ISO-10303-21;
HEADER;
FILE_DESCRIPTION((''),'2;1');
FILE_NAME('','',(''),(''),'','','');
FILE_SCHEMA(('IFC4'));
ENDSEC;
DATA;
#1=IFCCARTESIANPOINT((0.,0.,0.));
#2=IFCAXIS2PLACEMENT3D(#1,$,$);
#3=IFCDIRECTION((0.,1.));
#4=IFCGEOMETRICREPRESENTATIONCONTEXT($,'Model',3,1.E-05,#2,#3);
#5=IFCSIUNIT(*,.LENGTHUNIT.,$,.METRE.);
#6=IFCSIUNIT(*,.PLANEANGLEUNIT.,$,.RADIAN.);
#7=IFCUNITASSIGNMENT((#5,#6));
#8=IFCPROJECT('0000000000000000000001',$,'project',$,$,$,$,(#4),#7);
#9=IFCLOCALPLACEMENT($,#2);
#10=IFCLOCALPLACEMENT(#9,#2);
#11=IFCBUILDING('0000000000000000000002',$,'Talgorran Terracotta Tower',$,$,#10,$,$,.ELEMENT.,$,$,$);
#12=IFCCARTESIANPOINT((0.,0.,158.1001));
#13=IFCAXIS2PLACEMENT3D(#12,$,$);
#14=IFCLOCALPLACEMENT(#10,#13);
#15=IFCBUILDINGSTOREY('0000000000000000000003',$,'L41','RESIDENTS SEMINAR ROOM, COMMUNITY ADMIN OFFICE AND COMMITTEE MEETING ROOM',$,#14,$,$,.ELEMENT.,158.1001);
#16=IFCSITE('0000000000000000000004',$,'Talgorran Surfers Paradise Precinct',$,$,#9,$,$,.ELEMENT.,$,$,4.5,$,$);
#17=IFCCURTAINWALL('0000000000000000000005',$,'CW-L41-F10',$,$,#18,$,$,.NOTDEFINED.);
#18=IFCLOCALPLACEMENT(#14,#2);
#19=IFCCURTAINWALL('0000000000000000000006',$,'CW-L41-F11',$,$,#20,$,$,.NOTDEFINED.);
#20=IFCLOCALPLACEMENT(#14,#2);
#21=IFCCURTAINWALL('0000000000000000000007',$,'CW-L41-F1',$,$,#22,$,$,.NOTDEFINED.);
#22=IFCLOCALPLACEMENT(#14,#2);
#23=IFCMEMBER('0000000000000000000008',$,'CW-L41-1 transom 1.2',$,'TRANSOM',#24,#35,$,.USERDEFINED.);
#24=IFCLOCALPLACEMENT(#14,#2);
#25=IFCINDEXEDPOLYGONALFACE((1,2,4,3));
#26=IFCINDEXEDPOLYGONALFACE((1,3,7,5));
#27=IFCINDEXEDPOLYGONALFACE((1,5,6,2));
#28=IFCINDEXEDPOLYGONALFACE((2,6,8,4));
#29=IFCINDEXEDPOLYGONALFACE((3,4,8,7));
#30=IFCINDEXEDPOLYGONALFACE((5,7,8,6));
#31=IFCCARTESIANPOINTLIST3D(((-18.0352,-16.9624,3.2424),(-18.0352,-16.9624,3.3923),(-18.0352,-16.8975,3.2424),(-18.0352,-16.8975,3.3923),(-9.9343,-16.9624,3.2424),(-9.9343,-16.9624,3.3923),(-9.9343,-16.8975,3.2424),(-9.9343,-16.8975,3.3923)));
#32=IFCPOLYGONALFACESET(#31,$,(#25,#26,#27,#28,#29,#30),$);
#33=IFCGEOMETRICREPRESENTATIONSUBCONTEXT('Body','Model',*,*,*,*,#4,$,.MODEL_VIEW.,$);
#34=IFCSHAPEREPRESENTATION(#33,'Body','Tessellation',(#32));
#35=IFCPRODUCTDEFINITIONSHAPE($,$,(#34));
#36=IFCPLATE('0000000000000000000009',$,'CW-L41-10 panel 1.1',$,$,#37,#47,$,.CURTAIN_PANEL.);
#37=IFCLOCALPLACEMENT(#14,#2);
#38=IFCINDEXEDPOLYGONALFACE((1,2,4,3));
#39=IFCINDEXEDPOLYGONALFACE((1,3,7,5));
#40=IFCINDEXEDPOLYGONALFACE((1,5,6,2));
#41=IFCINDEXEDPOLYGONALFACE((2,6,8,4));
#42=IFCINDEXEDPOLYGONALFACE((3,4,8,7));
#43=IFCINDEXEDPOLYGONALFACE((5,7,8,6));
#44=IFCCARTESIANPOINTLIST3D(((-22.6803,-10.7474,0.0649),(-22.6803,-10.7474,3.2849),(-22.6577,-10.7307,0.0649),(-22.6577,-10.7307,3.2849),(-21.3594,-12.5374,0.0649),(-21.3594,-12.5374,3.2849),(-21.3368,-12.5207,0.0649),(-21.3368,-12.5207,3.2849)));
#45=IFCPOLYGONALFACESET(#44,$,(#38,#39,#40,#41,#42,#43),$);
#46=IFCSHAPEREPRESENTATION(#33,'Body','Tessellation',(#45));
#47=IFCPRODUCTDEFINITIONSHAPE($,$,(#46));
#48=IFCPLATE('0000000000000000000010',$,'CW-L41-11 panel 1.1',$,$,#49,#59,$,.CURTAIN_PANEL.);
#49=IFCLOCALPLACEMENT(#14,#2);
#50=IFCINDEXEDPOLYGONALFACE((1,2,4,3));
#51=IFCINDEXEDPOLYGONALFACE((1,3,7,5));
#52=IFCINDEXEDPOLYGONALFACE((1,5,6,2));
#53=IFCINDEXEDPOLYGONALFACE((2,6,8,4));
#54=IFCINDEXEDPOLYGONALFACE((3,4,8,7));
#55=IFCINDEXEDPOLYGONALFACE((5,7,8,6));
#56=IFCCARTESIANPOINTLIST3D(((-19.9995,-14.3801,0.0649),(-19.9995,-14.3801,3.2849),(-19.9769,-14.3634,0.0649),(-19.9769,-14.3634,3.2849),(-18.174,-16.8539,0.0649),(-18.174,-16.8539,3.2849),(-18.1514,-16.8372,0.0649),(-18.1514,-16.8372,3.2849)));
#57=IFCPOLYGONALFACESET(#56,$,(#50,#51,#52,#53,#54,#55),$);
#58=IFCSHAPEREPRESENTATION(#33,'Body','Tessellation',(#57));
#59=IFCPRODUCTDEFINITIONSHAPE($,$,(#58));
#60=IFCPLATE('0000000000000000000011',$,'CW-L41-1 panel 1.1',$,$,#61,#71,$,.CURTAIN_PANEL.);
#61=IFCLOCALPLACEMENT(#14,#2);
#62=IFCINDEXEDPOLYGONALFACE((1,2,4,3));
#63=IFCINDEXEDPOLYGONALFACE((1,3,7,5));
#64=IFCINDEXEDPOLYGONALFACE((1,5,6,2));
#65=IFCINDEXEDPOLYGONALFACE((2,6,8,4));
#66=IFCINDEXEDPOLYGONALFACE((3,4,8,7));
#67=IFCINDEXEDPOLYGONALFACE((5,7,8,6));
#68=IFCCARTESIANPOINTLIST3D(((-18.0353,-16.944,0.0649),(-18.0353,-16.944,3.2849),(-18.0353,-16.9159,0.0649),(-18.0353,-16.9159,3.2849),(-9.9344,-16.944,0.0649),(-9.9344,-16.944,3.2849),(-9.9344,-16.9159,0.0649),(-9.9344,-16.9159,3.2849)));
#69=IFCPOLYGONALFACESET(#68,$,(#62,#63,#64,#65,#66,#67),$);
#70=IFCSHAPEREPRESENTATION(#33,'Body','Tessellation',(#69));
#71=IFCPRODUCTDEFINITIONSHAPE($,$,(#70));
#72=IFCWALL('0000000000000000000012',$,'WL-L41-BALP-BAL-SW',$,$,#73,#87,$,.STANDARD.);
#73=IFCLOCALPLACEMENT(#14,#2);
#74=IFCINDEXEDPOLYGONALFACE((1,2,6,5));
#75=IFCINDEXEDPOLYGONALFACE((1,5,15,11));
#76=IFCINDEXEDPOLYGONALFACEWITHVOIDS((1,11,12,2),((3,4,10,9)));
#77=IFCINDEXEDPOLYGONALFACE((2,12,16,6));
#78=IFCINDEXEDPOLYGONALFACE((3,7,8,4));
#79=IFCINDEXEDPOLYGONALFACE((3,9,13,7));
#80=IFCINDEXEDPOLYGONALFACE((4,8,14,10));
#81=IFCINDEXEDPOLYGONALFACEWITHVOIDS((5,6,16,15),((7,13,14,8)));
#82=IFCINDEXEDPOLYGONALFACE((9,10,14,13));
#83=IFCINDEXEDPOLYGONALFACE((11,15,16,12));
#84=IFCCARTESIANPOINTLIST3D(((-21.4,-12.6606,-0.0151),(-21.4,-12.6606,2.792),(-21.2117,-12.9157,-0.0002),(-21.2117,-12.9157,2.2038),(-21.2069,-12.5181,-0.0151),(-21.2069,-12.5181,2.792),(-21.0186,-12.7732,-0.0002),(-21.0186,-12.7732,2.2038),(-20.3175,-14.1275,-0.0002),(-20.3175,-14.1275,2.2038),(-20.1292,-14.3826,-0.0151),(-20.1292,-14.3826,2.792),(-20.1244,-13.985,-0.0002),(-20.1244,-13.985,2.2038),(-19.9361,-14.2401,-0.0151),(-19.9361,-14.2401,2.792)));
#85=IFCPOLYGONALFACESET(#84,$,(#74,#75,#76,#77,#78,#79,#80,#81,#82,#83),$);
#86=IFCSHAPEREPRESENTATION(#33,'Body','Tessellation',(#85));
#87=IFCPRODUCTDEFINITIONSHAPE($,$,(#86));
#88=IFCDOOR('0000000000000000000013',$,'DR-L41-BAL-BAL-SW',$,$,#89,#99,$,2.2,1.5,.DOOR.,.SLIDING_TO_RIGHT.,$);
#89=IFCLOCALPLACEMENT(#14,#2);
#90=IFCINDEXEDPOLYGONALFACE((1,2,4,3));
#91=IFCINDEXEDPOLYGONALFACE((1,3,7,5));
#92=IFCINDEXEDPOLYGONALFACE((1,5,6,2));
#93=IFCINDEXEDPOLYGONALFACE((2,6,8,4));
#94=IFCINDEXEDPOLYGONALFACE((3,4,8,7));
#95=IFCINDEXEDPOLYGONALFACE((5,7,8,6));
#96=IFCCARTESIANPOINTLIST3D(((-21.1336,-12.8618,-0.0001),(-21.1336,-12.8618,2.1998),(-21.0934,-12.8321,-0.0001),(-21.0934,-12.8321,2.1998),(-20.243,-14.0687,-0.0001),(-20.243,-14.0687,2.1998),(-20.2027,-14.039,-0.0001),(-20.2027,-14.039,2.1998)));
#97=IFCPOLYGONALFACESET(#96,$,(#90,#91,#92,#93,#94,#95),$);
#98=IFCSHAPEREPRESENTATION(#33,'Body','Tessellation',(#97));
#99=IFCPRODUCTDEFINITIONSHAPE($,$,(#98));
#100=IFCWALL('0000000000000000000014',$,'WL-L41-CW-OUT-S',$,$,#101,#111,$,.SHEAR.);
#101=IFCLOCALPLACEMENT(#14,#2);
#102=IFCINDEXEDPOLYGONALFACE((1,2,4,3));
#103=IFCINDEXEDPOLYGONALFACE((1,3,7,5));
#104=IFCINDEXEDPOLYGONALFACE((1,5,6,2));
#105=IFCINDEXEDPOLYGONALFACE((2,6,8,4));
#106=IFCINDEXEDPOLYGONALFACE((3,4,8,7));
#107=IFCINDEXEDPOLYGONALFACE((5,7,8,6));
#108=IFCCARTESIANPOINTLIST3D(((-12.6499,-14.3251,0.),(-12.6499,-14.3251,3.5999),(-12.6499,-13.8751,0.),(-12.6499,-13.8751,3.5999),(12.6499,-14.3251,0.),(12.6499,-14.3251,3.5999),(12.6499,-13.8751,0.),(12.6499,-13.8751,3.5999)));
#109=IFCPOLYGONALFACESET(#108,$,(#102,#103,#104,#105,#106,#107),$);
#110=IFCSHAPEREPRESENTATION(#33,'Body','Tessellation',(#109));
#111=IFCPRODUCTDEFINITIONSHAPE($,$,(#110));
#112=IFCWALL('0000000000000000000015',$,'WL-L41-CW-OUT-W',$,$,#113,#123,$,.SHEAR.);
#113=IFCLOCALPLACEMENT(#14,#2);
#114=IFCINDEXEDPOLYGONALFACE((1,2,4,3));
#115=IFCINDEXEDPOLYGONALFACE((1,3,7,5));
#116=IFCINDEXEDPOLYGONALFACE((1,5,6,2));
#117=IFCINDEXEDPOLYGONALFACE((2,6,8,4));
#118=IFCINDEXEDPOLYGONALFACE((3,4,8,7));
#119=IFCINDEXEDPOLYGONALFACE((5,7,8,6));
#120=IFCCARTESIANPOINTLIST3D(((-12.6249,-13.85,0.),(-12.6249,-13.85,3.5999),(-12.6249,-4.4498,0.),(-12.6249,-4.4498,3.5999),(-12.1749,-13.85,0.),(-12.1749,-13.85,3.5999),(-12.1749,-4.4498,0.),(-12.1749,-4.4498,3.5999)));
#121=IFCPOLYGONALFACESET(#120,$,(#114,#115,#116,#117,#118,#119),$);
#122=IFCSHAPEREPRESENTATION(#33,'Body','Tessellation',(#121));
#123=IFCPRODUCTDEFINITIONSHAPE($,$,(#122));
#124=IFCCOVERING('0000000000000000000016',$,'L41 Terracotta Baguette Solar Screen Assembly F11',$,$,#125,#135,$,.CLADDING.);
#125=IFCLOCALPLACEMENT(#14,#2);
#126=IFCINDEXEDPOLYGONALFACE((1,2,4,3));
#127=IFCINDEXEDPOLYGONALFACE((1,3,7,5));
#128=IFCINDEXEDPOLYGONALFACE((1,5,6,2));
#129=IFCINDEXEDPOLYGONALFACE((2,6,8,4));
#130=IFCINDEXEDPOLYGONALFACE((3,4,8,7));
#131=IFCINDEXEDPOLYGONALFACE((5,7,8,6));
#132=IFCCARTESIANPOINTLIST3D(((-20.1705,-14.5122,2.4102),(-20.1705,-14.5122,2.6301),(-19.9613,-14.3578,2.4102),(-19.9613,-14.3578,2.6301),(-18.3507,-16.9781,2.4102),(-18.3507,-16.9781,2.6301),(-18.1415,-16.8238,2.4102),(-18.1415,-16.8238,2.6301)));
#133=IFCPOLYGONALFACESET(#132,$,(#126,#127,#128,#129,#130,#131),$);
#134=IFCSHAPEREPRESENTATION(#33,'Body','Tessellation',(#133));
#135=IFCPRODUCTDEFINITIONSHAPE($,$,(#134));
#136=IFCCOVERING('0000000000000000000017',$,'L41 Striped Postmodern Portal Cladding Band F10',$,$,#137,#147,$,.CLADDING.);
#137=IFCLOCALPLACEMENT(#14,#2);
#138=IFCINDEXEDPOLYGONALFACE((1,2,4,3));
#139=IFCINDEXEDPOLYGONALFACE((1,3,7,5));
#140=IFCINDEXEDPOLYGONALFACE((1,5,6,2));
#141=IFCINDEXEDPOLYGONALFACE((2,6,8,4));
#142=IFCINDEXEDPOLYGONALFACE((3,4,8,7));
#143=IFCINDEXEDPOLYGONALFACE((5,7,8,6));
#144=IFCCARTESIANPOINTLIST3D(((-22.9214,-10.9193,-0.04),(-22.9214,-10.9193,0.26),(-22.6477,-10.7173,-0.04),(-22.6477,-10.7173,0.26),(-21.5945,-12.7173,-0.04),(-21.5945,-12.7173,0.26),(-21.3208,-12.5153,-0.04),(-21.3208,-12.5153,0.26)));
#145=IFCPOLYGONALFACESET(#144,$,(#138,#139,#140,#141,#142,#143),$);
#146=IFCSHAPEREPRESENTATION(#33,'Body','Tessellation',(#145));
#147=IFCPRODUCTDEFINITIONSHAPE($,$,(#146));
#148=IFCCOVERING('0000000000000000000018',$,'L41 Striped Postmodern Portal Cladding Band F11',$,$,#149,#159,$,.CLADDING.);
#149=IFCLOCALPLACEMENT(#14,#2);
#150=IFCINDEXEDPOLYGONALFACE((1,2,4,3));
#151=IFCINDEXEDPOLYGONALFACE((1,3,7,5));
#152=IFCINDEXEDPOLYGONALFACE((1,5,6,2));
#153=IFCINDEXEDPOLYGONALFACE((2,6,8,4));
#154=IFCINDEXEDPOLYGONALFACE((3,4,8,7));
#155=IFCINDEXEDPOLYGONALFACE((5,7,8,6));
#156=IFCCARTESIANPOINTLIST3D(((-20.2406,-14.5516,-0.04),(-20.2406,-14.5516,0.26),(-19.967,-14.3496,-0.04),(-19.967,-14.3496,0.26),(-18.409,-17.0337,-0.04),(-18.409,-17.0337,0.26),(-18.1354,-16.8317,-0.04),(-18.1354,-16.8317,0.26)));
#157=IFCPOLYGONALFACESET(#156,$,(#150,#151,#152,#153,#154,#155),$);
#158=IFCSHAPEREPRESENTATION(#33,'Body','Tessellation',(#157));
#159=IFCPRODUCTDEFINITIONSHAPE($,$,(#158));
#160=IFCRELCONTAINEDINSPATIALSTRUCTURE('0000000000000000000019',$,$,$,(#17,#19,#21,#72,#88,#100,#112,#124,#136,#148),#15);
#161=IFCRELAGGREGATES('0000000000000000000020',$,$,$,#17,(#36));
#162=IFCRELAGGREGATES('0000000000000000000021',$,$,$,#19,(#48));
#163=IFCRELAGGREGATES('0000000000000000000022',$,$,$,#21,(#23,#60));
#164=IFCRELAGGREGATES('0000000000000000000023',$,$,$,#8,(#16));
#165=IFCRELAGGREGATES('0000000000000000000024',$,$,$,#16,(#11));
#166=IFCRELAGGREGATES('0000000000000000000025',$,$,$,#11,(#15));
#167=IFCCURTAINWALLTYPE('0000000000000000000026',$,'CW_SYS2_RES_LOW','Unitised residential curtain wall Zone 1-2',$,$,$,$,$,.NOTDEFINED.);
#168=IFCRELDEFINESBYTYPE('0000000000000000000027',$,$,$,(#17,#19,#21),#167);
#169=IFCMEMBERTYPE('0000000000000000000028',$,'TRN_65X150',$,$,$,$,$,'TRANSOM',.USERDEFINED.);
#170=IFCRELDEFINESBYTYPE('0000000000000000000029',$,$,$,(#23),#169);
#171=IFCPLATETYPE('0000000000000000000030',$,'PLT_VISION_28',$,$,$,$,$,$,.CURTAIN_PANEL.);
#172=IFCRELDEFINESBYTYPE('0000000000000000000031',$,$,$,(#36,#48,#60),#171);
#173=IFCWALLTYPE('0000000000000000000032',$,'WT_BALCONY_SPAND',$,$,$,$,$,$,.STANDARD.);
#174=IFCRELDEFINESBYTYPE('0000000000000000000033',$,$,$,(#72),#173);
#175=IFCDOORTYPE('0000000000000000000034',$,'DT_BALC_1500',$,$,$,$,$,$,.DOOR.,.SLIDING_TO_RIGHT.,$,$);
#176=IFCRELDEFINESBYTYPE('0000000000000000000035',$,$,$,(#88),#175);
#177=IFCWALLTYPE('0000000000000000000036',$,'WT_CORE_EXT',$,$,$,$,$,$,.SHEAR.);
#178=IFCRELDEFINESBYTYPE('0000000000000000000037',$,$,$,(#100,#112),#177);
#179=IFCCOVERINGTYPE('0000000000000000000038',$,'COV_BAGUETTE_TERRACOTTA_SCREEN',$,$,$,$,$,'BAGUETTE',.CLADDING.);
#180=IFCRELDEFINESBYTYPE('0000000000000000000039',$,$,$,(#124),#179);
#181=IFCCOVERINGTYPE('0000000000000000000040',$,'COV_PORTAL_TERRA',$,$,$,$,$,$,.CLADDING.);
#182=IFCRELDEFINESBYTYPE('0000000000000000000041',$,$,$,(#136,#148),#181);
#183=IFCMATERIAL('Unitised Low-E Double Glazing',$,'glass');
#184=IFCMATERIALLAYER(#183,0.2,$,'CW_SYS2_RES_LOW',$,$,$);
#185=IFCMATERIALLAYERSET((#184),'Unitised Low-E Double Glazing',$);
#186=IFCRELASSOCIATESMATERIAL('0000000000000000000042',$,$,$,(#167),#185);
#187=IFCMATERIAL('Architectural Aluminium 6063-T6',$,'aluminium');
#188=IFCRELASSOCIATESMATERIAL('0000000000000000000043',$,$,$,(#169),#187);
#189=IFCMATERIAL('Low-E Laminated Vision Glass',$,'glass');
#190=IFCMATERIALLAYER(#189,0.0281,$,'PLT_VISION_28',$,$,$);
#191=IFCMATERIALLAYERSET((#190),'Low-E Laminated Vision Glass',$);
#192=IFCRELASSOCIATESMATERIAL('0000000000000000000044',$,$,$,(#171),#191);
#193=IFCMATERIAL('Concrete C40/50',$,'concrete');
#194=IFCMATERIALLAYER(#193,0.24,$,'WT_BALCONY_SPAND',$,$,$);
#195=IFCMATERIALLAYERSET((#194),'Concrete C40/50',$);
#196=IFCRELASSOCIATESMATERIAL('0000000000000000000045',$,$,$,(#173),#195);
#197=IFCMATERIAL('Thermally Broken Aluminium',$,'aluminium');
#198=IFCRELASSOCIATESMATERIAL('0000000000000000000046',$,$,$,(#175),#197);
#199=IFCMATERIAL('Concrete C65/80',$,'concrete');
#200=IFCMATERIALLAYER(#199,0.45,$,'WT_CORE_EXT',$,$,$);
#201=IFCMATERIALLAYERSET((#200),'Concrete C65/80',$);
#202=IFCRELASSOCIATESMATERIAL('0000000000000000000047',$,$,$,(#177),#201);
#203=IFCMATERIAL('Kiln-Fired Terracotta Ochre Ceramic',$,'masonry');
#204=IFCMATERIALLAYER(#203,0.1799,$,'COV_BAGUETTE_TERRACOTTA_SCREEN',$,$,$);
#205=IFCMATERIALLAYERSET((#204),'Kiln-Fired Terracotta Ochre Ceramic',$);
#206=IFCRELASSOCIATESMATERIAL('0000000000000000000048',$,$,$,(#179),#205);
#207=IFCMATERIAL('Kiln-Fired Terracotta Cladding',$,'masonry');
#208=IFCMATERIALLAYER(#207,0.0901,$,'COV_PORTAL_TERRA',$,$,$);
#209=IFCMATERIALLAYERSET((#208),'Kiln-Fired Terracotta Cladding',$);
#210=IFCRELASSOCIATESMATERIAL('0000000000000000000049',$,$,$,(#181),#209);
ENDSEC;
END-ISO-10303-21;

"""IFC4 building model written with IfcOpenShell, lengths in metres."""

from ifc_helpers import new_model, si_unit, direction, frame, frame_2d, origin, origin_2d, place, context, subcontext, project, spatial, rectangle, extrude, source, transform, mapped, material, layer, layer_set, material_profile, profile_set, type_object, type_shapes, element, fill, aggregate, save


model = new_model("IFC4")

# Units and contexts
model_context = context("Model", 3, precision=1e-05, world=origin(), true_north=direction((0.0, 1.0)))
body_context = subcontext(model_context, "Body", "Model", "MODEL_VIEW")
ifc_project = project(units=[si_unit("LENGTHUNIT", "METRE"), si_unit("PLANEANGLEUNIT", "RADIAN")], contexts=[model_context])

# Site, building, storey
site_placement = place(None, origin())
site = spatial("IfcSite", under=ifc_project, at=site_placement, Name="Talgorran Surfers Paradise Precinct", CompositionType="ELEMENT", RefElevation=4.5)
building_placement = place(site_placement, origin())
building = spatial("IfcBuilding", under=site, at=building_placement, Name="Talgorran Terracotta Tower", CompositionType="ELEMENT")
storey_placement = place(building_placement, frame((0.0, 0.0, 158.1001)))
storey = spatial("IfcBuildingStorey", under=building, at=storey_placement, Name="L41", Description="RESIDENTS SEMINAR ROOM, COMMUNITY ADMIN OFFICE AND COMMITTEE MEETING ROOM", CompositionType="ELEMENT", Elevation=158.1001)

# Curtain wall
ifc_material_1 = material(Name="Unitised Low-E Double Glazing", Category="glass")
ifc_layer_1 = layer(ifc_material_1, 0.2, Name="CW_SYS2_RES_LOW")
ifc_layer_set_1 = layer_set([ifc_layer_1], Name="Unitised Low-E Double Glazing")
curtain_wall_type = type_object("IfcCurtainWallType", Name="CW_SYS2_RES_LOW", Description="Unitised residential curtain wall Zone 1-2", PredefinedType="NOTDEFINED", material=ifc_layer_set_1)
curtain_wall_1_placement = place(storey_placement, origin())
curtain_wall_1 = element("IfcCurtainWall", 1, at=curtain_wall_1_placement, inside=storey, type_object=curtain_wall_type, Name="CW-L41-F10", PredefinedType="NOTDEFINED")
ifc_material_2 = material(Name="Architectural Aluminium 6063-T6", Category="aluminium")

# Curtain wall
curtain_wall_2_placement = place(storey_placement, origin())
curtain_wall_2 = element("IfcCurtainWall", 2, at=curtain_wall_2_placement, inside=storey, type_object=curtain_wall_type, Name="CW-L41-F11", PredefinedType="NOTDEFINED")

# Curtain wall
curtain_wall_3_placement = place(storey_placement, origin())
curtain_wall_3 = element("IfcCurtainWall", 3, at=curtain_wall_3_placement, inside=storey, type_object=curtain_wall_type, Name="CW-L41-F1", PredefinedType="NOTDEFINED")

# Member
ifc_material_profile_1 = material_profile(ifc_material_2, rectangle(XDim=0.0649, YDim=0.1499, at=origin_2d()), Name="CWT65X150")
ifc_profile_set_1 = profile_set([ifc_material_profile_1], Name="Architectural Aluminium 6063-T6")
member_type_1 = type_object("IfcMemberType", Name="TRN_65X150", ElementType="TRANSOM", PredefinedType="USERDEFINED", material=ifc_profile_set_1)
member_1_placement = place(storey_placement, frame((-18.0352, -16.9299, 3.3174), z_axis=(1.0, 0.0, 0.0), x_axis=(0.0, 1.0, 0.0)))
member_1 = element("IfcMember", 4, at=member_1_placement, type_object=member_type_1, Name="CW-L41-1 transom 1.2", ObjectType="TRANSOM", PredefinedType="USERDEFINED", context=body_context, shape_type="SweptSolid", body=[
    extrude(rectangle(XDim=0.0649, YDim=0.1499, at=origin_2d()), origin(), (0.0, 0.0, 1.0), 8.1008),
])

# Plates
ifc_material_3 = material(Name="Low-E Laminated Vision Glass", Category="glass")
ifc_layer_2 = layer(ifc_material_3, 0.0281, Name="PLT_VISION_28")
ifc_layer_set_2 = layer_set([ifc_layer_2], Name="Low-E Laminated Vision Glass")
plate_type = type_object("IfcPlateType", Name="PLT_VISION_28", PredefinedType="CURTAIN_PANEL", material=ifc_layer_set_2)
shared_shape_1 = source(origin(), body_context, "Body", "SweptSolid", [
    extrude(rectangle(XDim=2.2246, YDim=0.0281, at=origin_2d()), origin(), (0.0, 0.0, 1.0), 3.22),
])
plate_1_placement = place(storey_placement, frame((-22.0085, -11.634, 0.0649), z_axis=(0.0, 0.0, 1.0), x_axis=(0.593791, -0.804619, 0.0)))
plate_1 = element("IfcPlate", 5, at=plate_1_placement, type_object=plate_type, Name="CW-L41-10 panel 1.1", PredefinedType="CURTAIN_PANEL", context=body_context, shape_type="MappedRepresentation", body=[
    mapped(shared_shape_1, transform((0.0, 0.0, 0.0), scale=1.0)),
])
aggregate(curtain_wall_1, [plate_1])
shared_shape_2 = source(origin(), body_context, "Body", "SweptSolid", [
    extrude(rectangle(XDim=3.0745, YDim=0.0281, at=origin_2d()), origin(), (0.0, 0.0, 1.0), 3.22),
])
plate_2_placement = place(storey_placement, frame((-19.0754, -15.6086, 0.0649), z_axis=(0.0, 0.0, 1.0), x_axis=(0.593776, -0.804631, 0.0)))
plate_2 = element("IfcPlate", 6, at=plate_2_placement, type_object=plate_type, Name="CW-L41-11 panel 1.1", PredefinedType="CURTAIN_PANEL", context=body_context, shape_type="MappedRepresentation", body=[
    mapped(shared_shape_2, transform((0.0, 0.0, 0.0), scale=1.0)),
])
aggregate(curtain_wall_2, [plate_2])
shared_shape_3 = source(origin(), body_context, "Body", "SweptSolid", [
    extrude(rectangle(XDim=8.1008, YDim=0.0281, at=origin_2d()), origin(), (0.0, 0.0, 1.0), 3.22),
])
type_shapes(plate_type, [shared_shape_1, shared_shape_2, shared_shape_3])
plate_3_placement = place(storey_placement, frame((-13.9849, -16.9299, 0.0649), z_axis=(0.0, 0.0, 1.0), x_axis=(1.0, 0.0, 0.0)))
plate_3 = element("IfcPlate", 7, at=plate_3_placement, type_object=plate_type, Name="CW-L41-1 panel 1.1", PredefinedType="CURTAIN_PANEL", context=body_context, shape_type="MappedRepresentation", body=[
    mapped(shared_shape_3, transform((0.0, 0.0, 0.0), scale=1.0)),
])
aggregate(curtain_wall_3, [member_1, plate_3])

# Wall, opening, door
ifc_material_4 = material(Name="Concrete C40/50", Category="concrete")
ifc_layer_3 = layer(ifc_material_4, 0.24, Name="WT_BALCONY_SPAND")
ifc_layer_set_3 = layer_set([ifc_layer_3], Name="Concrete C40/50")
wall_type_1 = type_object("IfcWallType", Name="WT_BALCONY_SPAND", PredefinedType="STANDARD", material=ifc_layer_set_3)
wall_1_placement = place(storey_placement, frame((-21.3035, -12.5894, -0.0151), z_axis=(0.0, 0.0, 1.0), x_axis=(0.593794, -0.804617, 0.0)))
wall_1 = element("IfcWall", 8, at=wall_1_placement, inside=storey, type_object=wall_type_1, Name="WL-L41-BALP-BAL-SW", PredefinedType="STANDARD", context=body_context, shape_type="SweptSolid", body=[
    extrude(rectangle(XDim=2.1401, YDim=0.24, at=frame_2d((1.0701, 0.0))), origin(), (0.0, 0.0, 1.0), 2.8071),
])
opening_placement = place(wall_1_placement, frame((0.3201, 0.0, 0.0149)))
opening = element("IfcOpeningElement", 9, at=opening_placement, cuts=wall_1, PredefinedType="OPENING", context=body_context, shape_type="SweptSolid", body=[
    extrude(rectangle(XDim=1.506, YDim=2.204, at=frame_2d((0.75, 1.1021))), frame((0.0, 0.1299, 0.0), z_axis=(0.0, -1.0, 0.0), x_axis=(1.0, 0.0, 0.0)), (0.0, 0.0, 1.0), 0.26),
])
ifc_material_5 = material(Name="Thermally Broken Aluminium", Category="aluminium")
door_type = type_object("IfcDoorType", Name="DT_BALC_1500", OperationType="SLIDING_TO_RIGHT", PredefinedType="DOOR", material=ifc_material_5)
door_placement = place(opening_placement, origin())
door = element("IfcDoor", 10, at=door_placement, inside=storey, type_object=door_type, Name="DR-L41-BAL-BAL-SW", OperationType="SLIDING_TO_RIGHT", OverallHeight=2.2, OverallWidth=1.5, PredefinedType="DOOR", context=body_context, shape_type="SweptSolid", body=[
    extrude(rectangle(XDim=1.5, YDim=2.2, at=frame_2d((0.75, 1.1001))), frame((0.0, 0.0249, 0.0), z_axis=(0.0, -1.0, 0.0), x_axis=(1.0, 0.0, 0.0)), (0.0, 0.0, 1.0), 0.05),
])
fill(opening, door)

# Walls
ifc_material_6 = material(Name="Concrete C65/80", Category="concrete")
ifc_layer_4 = layer(ifc_material_6, 0.45, Name="WT_CORE_EXT")
ifc_layer_set_4 = layer_set([ifc_layer_4], Name="Concrete C65/80")
wall_type_2 = type_object("IfcWallType", Name="WT_CORE_EXT", PredefinedType="SHEAR", material=ifc_layer_set_4)
wall_2_placement = place(storey_placement, frame((-12.6499, -14.1001, 0.0), z_axis=(0.0, 0.0, 1.0), x_axis=(1.0, 0.0, 0.0)))
element("IfcWall", 11, at=wall_2_placement, inside=storey, type_object=wall_type_2, Name="WL-L41-CW-OUT-S", PredefinedType="SHEAR", context=body_context, shape_type="SweptSolid", body=[
    extrude(rectangle(XDim=25.2998, YDim=0.45, at=frame_2d((12.6499, 0.0))), origin(), (0.0, 0.0, 1.0), 3.5999),
])
wall_3_placement = place(storey_placement, frame((-12.3999, -13.8501, 0.0), z_axis=(0.0, 0.0, 1.0), x_axis=(0.0, 1.0, 0.0)))
element("IfcWall", 12, at=wall_3_placement, inside=storey, type_object=wall_type_2, Name="WL-L41-CW-OUT-W", PredefinedType="SHEAR", context=body_context, shape_type="SweptSolid", body=[
    extrude(rectangle(XDim=9.4001, YDim=0.45, at=frame_2d((4.7002, 0.0))), origin(), (0.0, 0.0, 1.0), 3.5999),
])

# Coverings
ifc_material_7 = material(Name="Kiln-Fired Terracotta Ochre Ceramic", Category="masonry")
ifc_layer_5 = layer(ifc_material_7, 0.1799, Name="COV_BAGUETTE_TERRACOTTA_SCREEN")
ifc_layer_set_5 = layer_set([ifc_layer_5], Name="Kiln-Fired Terracotta Ochre Ceramic")
covering_type_1 = type_object("IfcCoveringType", Name="COV_BAGUETTE_TERRACOTTA_SCREEN", ElementType="BAGUETTE", PredefinedType="CLADDING", material=ifc_layer_set_5)
covering_1_placement = place(storey_placement, frame((-19.156, -15.668, 2.4102), z_axis=(0.0, 0.0, 1.0), x_axis=(0.59377, -0.804635, 0.0)))
element("IfcCovering", 13, at=covering_1_placement, inside=storey, type_object=covering_type_1, Name="L41 Terracotta Baguette Solar Screen Assembly F11", PredefinedType="CLADDING", context=body_context, shape_type="SweptSolid", body=[
    extrude(rectangle(XDim=3.0647, YDim=0.26, at=origin_2d()), origin(), (0.0, 0.0, 1.0), 0.22),
])
ifc_material_8 = material(Name="Kiln-Fired Terracotta Cladding", Category="masonry")
ifc_layer_6 = layer(ifc_material_8, 0.0901, Name="COV_PORTAL_TERRA")
ifc_layer_set_6 = layer_set([ifc_layer_6], Name="Kiln-Fired Terracotta Cladding")
covering_type_2 = type_object("IfcCoveringType", Name="COV_PORTAL_TERRA", PredefinedType="CLADDING", material=ifc_layer_set_6)
covering_2_placement = place(storey_placement, frame((-22.1211, -11.7173, -0.04), z_axis=(0.0, 0.0, 1.0), x_axis=(0.593798, -0.804614, 0.0)))
element("IfcCovering", 14, at=covering_2_placement, inside=storey, type_object=covering_type_2, Name="L41 Striped Postmodern Portal Cladding Band F10", PredefinedType="CLADDING", context=body_context, shape_type="SweptSolid", body=[
    extrude(rectangle(XDim=2.2346, YDim=0.3401, at=origin_2d()), origin(), (0.0, 0.0, 1.0), 0.3),
])
covering_3_placement = place(storey_placement, frame((-19.188, -15.6917, -0.04), z_axis=(0.0, 0.0, 1.0), x_axis=(0.59377, -0.804635, 0.0)))
element("IfcCovering", 15, at=covering_3_placement, inside=storey, type_object=covering_type_2, Name="L41 Striped Postmodern Portal Cladding Band F11", PredefinedType="CLADDING", context=body_context, shape_type="SweptSolid", body=[
    extrude(rectangle(XDim=3.0847, YDim=0.3401, at=origin_2d()), origin(), (0.0, 0.0, 1.0), 0.3),
])

save(model, "model.ifc")
